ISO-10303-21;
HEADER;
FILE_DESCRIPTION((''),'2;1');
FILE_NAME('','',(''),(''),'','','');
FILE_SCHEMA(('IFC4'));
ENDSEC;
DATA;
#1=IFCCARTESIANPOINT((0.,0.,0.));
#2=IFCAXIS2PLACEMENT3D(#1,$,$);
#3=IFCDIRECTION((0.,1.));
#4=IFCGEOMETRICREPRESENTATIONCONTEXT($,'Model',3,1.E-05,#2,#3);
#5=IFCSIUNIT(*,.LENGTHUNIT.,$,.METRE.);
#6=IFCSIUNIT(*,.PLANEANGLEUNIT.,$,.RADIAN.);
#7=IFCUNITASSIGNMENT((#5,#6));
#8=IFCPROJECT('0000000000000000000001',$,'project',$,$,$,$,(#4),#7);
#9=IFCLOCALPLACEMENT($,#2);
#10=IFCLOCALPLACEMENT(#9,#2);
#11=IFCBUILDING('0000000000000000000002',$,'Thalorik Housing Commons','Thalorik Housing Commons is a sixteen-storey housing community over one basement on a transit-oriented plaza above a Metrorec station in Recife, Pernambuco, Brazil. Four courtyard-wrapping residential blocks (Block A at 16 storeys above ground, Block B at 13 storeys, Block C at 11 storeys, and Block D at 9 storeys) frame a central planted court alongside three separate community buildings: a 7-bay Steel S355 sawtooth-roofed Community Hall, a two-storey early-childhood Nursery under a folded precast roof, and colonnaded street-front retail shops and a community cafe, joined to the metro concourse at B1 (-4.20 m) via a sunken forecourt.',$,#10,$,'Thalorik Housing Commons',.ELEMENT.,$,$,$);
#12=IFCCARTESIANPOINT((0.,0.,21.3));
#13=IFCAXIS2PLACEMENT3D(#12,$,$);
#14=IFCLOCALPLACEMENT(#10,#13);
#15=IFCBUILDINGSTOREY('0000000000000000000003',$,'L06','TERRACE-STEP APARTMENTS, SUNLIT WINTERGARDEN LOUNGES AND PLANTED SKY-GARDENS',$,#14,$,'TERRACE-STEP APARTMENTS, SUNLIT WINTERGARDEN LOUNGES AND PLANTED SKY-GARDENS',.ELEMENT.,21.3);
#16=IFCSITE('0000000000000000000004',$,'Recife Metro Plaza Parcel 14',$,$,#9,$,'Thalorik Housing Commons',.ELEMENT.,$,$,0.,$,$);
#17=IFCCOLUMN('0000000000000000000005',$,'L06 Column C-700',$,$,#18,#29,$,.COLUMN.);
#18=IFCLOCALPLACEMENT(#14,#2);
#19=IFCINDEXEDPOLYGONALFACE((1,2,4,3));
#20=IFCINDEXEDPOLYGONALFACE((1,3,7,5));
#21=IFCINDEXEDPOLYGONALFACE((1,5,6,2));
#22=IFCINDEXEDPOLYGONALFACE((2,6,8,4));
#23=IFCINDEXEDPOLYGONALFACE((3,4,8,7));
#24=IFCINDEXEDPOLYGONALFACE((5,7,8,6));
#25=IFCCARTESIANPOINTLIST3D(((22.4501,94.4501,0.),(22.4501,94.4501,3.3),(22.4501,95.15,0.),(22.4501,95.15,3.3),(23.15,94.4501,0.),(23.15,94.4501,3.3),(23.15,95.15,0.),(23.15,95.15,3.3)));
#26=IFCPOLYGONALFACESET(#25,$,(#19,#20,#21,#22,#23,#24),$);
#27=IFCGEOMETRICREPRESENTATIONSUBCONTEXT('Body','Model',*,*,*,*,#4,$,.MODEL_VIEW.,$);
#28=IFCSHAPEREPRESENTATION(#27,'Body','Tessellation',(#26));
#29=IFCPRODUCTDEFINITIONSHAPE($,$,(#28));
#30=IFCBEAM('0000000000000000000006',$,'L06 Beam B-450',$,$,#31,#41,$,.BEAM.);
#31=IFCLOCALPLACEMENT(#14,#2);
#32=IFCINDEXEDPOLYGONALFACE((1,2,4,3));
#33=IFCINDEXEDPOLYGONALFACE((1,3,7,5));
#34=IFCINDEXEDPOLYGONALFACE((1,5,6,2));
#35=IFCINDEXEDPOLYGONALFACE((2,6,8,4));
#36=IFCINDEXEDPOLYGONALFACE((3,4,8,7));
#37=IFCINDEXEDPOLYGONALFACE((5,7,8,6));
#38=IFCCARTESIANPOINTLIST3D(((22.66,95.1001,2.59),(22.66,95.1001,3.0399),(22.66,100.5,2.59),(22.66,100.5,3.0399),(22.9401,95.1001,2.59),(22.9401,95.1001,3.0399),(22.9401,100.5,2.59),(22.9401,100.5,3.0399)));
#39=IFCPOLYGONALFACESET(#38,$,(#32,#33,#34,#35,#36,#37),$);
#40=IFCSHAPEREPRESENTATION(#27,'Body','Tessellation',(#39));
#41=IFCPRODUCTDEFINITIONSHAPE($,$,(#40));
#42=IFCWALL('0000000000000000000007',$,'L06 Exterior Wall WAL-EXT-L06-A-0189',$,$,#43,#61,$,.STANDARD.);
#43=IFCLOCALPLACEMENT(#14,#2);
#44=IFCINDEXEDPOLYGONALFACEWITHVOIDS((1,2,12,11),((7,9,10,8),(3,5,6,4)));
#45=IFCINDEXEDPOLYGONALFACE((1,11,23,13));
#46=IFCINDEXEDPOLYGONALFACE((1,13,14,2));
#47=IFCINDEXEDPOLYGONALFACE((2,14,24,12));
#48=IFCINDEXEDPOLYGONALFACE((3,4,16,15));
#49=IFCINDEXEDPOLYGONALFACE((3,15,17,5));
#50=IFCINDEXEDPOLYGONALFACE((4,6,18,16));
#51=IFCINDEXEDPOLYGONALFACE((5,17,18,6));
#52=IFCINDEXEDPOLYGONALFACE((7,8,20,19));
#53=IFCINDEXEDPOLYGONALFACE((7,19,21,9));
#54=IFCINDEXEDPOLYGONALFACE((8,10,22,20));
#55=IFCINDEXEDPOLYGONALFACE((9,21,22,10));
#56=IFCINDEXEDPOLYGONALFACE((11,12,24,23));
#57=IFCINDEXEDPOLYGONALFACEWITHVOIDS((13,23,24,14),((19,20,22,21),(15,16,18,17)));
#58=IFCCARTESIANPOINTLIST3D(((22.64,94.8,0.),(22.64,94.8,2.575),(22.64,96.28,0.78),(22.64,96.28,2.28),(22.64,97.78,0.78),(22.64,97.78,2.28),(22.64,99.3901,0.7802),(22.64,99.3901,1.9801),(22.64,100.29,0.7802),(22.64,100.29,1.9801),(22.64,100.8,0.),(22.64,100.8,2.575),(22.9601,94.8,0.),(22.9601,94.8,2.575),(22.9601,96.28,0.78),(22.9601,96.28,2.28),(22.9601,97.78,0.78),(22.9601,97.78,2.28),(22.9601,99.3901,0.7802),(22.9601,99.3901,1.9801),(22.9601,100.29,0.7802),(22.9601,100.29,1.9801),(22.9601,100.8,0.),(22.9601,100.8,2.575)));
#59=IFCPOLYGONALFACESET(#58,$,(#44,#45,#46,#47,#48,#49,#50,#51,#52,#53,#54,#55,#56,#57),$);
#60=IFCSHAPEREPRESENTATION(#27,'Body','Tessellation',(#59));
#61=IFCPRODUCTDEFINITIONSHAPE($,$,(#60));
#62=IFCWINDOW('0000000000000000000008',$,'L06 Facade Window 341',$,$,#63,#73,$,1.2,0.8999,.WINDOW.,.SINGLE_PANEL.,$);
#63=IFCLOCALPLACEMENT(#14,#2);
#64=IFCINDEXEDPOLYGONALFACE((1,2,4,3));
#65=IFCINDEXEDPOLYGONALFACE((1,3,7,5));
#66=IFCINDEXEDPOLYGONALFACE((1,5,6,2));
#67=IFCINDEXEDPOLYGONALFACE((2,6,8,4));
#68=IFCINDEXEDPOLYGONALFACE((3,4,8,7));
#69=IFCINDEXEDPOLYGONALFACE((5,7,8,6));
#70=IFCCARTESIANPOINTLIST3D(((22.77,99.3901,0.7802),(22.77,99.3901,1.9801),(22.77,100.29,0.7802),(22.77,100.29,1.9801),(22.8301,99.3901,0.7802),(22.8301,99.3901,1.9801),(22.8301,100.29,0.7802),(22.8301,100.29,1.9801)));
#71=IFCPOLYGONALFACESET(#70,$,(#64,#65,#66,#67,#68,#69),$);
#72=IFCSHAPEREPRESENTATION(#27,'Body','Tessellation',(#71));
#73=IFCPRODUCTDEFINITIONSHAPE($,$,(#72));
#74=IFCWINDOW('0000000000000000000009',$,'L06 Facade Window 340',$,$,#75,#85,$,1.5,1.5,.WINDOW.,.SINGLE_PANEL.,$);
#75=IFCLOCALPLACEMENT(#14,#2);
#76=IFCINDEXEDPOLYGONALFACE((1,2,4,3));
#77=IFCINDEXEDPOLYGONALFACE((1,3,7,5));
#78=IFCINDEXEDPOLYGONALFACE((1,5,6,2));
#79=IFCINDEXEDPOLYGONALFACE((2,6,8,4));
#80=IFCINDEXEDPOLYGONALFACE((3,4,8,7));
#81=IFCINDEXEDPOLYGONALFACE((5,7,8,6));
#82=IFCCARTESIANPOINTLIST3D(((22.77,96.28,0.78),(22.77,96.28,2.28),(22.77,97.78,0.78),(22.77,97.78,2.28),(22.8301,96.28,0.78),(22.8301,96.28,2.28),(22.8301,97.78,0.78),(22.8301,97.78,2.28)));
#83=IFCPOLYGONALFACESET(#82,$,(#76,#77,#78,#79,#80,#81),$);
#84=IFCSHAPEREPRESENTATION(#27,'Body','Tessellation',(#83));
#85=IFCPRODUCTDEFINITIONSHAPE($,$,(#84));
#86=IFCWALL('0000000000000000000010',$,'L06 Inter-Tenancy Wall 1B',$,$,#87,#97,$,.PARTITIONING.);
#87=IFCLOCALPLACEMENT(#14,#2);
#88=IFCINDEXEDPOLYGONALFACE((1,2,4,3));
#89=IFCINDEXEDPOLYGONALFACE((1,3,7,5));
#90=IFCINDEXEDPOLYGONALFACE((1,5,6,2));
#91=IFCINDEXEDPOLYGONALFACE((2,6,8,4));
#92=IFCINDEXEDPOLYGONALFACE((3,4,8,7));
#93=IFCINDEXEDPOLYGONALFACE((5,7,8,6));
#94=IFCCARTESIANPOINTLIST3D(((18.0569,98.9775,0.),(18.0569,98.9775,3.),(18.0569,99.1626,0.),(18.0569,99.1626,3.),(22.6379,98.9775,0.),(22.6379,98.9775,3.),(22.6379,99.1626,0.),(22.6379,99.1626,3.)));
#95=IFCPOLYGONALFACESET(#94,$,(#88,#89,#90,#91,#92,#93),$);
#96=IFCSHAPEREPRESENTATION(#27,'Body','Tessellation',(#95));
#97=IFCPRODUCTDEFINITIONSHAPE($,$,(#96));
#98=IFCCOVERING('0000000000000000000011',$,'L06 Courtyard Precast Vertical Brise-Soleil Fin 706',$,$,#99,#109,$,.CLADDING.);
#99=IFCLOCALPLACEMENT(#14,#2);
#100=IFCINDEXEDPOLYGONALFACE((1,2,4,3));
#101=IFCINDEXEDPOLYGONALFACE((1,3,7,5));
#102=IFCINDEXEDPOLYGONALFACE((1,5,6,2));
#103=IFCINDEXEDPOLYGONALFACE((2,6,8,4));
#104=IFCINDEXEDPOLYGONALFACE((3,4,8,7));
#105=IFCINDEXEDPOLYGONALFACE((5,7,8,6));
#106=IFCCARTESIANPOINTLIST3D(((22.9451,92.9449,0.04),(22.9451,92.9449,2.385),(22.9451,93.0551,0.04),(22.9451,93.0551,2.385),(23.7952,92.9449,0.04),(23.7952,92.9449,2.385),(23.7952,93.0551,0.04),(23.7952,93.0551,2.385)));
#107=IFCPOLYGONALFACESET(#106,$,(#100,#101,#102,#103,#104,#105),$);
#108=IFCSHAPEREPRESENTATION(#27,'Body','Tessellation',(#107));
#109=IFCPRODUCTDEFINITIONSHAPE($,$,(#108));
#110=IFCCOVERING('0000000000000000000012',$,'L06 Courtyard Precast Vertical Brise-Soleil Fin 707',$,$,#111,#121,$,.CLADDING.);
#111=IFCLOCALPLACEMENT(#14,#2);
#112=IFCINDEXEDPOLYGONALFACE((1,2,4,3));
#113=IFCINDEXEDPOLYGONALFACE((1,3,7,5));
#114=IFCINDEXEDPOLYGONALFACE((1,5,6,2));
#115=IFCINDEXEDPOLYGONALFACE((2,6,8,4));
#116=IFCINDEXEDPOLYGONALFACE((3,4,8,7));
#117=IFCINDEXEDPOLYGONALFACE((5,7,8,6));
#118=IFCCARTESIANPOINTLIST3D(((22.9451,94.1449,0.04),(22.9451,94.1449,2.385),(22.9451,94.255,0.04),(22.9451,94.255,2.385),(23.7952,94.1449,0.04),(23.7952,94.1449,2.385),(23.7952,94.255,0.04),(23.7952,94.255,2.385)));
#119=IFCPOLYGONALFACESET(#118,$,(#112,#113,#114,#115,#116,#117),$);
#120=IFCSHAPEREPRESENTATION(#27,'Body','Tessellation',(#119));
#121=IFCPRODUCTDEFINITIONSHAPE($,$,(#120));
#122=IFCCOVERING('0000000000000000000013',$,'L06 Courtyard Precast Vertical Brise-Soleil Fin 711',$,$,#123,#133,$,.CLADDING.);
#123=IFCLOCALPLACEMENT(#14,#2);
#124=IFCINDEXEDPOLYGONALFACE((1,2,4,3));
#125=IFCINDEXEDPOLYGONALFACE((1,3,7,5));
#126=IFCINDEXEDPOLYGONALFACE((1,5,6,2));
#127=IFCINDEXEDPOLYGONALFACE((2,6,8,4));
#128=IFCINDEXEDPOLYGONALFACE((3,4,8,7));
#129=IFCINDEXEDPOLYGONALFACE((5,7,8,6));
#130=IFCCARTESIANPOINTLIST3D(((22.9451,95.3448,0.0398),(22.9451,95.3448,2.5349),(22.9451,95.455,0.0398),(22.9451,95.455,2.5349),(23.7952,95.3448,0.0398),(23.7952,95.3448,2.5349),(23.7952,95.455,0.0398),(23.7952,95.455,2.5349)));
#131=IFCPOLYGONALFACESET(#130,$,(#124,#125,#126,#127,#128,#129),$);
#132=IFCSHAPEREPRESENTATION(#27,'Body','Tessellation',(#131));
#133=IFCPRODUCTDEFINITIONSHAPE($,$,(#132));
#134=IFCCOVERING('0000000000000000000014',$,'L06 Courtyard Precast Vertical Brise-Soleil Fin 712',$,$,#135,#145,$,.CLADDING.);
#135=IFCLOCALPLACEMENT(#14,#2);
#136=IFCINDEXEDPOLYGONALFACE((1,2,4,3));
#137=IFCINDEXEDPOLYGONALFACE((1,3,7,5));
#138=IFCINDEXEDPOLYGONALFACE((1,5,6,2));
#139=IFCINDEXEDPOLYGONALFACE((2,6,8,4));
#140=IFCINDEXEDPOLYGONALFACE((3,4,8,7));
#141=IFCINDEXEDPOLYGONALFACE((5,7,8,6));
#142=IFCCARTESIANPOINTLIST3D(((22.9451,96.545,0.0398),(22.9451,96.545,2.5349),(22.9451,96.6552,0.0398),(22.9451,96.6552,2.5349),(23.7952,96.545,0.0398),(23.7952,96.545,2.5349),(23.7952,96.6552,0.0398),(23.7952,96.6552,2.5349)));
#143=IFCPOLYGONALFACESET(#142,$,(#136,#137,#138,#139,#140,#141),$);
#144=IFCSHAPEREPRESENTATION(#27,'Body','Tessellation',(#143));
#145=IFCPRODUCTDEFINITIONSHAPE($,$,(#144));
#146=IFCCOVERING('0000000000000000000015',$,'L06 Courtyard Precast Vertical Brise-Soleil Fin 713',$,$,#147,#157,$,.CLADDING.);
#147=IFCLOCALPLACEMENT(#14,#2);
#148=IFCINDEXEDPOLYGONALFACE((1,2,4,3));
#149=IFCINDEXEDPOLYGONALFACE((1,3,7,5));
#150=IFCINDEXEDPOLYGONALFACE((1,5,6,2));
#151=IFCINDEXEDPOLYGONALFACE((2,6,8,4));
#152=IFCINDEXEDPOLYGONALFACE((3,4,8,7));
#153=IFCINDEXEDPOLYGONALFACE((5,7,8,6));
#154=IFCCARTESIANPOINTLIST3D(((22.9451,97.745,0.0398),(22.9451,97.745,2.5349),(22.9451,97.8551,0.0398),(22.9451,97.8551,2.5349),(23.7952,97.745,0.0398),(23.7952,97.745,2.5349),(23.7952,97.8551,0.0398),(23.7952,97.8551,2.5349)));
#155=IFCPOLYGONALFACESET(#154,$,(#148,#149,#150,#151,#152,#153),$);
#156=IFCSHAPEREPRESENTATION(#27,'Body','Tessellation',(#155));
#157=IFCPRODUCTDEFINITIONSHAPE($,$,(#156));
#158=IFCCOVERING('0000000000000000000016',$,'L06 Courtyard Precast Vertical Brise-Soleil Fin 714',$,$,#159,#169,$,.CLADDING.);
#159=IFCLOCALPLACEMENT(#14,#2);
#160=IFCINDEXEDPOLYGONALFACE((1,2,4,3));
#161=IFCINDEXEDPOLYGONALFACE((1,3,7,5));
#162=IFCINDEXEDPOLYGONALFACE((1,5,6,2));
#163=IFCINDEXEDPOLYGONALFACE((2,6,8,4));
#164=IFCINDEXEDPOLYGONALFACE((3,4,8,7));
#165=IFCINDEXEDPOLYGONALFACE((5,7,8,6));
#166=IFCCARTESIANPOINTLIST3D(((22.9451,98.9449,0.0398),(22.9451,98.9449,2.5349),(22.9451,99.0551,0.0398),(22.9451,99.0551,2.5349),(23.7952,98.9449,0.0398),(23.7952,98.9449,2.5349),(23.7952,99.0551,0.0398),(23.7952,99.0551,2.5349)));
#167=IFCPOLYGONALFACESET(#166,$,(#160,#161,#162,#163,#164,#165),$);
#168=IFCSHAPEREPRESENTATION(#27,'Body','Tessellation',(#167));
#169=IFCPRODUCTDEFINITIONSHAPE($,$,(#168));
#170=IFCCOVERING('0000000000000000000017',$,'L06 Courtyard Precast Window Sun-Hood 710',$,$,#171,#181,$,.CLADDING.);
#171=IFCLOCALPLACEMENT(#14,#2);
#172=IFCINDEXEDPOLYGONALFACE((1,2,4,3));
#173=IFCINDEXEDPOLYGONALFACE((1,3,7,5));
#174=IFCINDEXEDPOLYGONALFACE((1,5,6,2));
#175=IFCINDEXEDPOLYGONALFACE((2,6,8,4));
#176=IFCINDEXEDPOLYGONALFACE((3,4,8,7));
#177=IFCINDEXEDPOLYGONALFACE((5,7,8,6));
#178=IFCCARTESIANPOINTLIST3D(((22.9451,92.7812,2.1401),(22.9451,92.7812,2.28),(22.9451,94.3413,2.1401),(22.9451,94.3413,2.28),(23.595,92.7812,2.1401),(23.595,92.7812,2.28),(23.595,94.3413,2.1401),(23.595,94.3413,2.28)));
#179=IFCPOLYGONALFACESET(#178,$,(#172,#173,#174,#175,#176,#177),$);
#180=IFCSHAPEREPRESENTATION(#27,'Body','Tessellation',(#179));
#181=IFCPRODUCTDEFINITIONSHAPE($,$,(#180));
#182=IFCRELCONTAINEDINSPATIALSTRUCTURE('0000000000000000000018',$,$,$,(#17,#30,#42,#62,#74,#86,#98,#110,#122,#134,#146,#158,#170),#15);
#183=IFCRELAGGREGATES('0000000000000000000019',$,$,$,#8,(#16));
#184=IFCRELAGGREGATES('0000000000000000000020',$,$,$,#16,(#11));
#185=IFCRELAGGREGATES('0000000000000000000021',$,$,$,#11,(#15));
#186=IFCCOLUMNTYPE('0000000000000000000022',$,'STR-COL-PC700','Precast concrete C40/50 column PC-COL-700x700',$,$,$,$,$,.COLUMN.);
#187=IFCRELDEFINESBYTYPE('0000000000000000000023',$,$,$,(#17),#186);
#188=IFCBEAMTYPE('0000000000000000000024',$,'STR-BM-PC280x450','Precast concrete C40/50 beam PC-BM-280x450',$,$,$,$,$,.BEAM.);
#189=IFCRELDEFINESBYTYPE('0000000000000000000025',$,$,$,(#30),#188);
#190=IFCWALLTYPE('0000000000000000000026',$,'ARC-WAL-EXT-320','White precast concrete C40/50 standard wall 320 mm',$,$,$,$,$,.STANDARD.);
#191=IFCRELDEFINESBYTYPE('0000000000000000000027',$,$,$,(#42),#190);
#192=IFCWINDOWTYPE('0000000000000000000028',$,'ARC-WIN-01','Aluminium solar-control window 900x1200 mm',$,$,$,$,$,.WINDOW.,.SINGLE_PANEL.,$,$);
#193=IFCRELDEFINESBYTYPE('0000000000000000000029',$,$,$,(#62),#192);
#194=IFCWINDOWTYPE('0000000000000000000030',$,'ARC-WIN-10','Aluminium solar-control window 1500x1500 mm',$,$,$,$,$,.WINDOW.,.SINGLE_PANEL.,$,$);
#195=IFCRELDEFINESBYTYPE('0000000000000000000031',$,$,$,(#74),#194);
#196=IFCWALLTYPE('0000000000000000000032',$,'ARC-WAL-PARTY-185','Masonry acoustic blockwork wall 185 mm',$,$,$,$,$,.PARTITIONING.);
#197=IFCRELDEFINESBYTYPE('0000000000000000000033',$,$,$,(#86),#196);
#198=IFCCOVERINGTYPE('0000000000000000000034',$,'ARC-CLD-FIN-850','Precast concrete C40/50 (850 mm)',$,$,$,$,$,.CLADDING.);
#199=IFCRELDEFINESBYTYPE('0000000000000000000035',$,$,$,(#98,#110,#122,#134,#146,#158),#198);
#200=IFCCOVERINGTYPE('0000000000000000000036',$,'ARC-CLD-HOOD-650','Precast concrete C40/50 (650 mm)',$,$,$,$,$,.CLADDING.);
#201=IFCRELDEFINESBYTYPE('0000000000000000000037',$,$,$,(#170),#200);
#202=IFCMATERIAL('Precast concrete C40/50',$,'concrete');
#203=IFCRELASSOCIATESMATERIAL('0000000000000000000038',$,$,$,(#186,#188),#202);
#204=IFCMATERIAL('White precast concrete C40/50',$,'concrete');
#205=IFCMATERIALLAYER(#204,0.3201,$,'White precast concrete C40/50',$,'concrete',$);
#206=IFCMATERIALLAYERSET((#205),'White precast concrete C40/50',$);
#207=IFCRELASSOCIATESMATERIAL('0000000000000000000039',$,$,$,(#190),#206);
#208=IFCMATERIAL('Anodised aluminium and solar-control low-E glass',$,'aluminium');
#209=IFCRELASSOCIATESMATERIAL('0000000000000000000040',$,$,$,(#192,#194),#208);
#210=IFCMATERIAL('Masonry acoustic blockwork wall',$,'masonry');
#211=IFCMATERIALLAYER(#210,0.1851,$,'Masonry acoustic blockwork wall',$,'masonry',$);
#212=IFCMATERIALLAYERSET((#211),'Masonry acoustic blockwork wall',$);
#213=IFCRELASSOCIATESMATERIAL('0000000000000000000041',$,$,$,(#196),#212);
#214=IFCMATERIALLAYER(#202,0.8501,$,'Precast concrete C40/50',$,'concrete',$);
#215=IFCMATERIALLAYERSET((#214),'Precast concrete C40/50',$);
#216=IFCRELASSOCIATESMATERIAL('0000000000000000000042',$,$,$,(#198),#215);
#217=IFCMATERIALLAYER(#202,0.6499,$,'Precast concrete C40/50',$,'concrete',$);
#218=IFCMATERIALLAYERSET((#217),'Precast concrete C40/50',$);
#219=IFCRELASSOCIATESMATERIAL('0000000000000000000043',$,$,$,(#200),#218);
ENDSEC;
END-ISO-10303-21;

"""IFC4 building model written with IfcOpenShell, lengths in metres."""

from ifc_helpers import new_model, si_unit, direction, frame, frame_2d, origin, origin_2d, place, context, subcontext, project, spatial, rectangle, extrude, material, layer, layer_set, material_profile, profile_set, type_object, element, fill, save


model = new_model("IFC4")

# Units and contexts
model_context = context("Model", 3, precision=1e-05, world=origin(), true_north=direction((0.0, 1.0)))
body_context = subcontext(model_context, "Body", "Model", "MODEL_VIEW")
ifc_project = project(units=[si_unit("LENGTHUNIT", "METRE"), si_unit("PLANEANGLEUNIT", "RADIAN")], contexts=[model_context])

# Site, building, storey
site_placement = place(None, origin())
site = spatial("IfcSite", under=ifc_project, at=site_placement, Name="Recife Metro Plaza Parcel 14", LongName="Thalorik Housing Commons", CompositionType="ELEMENT", RefElevation=0.0)
building_placement = place(site_placement, origin())
building = spatial("IfcBuilding", under=site, at=building_placement, Name="Thalorik Housing Commons", Description="Thalorik Housing Commons is a sixteen-storey housing community over one basement on a transit-oriented plaza above a Metrorec station in Recife, Pernambuco, Brazil. Four courtyard-wrapping residential blocks (Block A at 16 storeys above ground, Block B at 13 storeys, Block C at 11 storeys, and Block D at 9 storeys) frame a central planted court alongside three separate community buildings: a 7-bay Steel S355 sawtooth-roofed Community Hall, a two-storey early-childhood Nursery under a folded precast roof, and colonnaded street-front retail shops and a community cafe, joined to the metro concourse at B1 (-4.20 m) via a sunken forecourt.", LongName="Thalorik Housing Commons", CompositionType="ELEMENT")
storey_placement = place(building_placement, frame((0.0, 0.0, 21.3)))
storey = spatial("IfcBuildingStorey", under=building, at=storey_placement, Name="L06", Description="TERRACE-STEP APARTMENTS, SUNLIT WINTERGARDEN LOUNGES AND PLANTED SKY-GARDENS", LongName="TERRACE-STEP APARTMENTS, SUNLIT WINTERGARDEN LOUNGES AND PLANTED SKY-GARDENS", CompositionType="ELEMENT", Elevation=21.3)

# Column
ifc_material_1 = material(Name="Precast concrete C40/50", Category="concrete")
ifc_material_profile_1 = material_profile(ifc_material_1, rectangle(XDim=0.7, YDim=0.7, at=origin_2d()), Name="PC 700x700", Category="concrete")
ifc_profile_set_1 = profile_set([ifc_material_profile_1], Name="Precast concrete C40/50")
column_type = type_object("IfcColumnType", Name="STR-COL-PC700", Description="Precast concrete C40/50 column PC-COL-700x700", PredefinedType="COLUMN", material=ifc_profile_set_1)
column_placement = place(storey_placement, frame((22.8, 94.8, 0.0), z_axis=(0.0, 0.0, 1.0), x_axis=(1.0, 0.0, 0.0)))
element("IfcColumn", 1, at=column_placement, inside=storey, type_object=column_type, Name="L06 Column C-700", PredefinedType="COLUMN", context=body_context, shape_type="SweptSolid", body=[
    extrude(rectangle(XDim=0.7, YDim=0.7, at=origin_2d()), origin(), (0.0, 0.0, 1.0), 3.3),
])

# Beam
ifc_material_profile_2 = material_profile(ifc_material_1, rectangle(XDim=0.28, YDim=0.45, at=origin_2d()), Name="PC 280x450", Category="concrete")
ifc_profile_set_2 = profile_set([ifc_material_profile_2], Name="Precast concrete C40/50")
beam_type = type_object("IfcBeamType", Name="STR-BM-PC280x450", Description="Precast concrete C40/50 beam PC-BM-280x450", PredefinedType="BEAM", material=ifc_profile_set_2)
beam_placement = place(storey_placement, frame((22.8, 95.1001, 2.8149), z_axis=(0.0, 1.0, 0.0), x_axis=(-1.0, 0.0, 0.0)))
element("IfcBeam", 2, at=beam_placement, inside=storey, type_object=beam_type, Name="L06 Beam B-450", PredefinedType="BEAM", context=body_context, shape_type="SweptSolid", body=[
    extrude(rectangle(XDim=0.28, YDim=0.45, at=origin_2d()), origin(), (0.0, 0.0, 1.0), 5.3999),
])

# Wall, openings, windows
ifc_material_2 = material(Name="White precast concrete C40/50", Category="concrete")
ifc_layer_1 = layer(ifc_material_2, 0.3201, Name="White precast concrete C40/50", Category="concrete")
ifc_layer_set_1 = layer_set([ifc_layer_1], Name="White precast concrete C40/50")
wall_type_1 = type_object("IfcWallType", Name="ARC-WAL-EXT-320", Description="White precast concrete C40/50 standard wall 320 mm", PredefinedType="STANDARD", material=ifc_layer_set_1)
wall_1_placement = place(storey_placement, frame((22.8, 94.8, 0.0), z_axis=(0.0, 0.0, 1.0), x_axis=(0.0, 1.0, 0.0)))
wall_1 = element("IfcWall", 3, at=wall_1_placement, inside=storey, type_object=wall_type_1, Name="L06 Exterior Wall WAL-EXT-L06-A-0189", PredefinedType="STANDARD", context=body_context, shape_type="SweptSolid", body=[
    extrude(rectangle(XDim=6.0, YDim=0.3201, at=frame_2d((3.0, 0.0))), origin(), (0.0, 0.0, 1.0), 2.575),
])
opening_1_placement = place(wall_1_placement, frame((1.48, 0.0, 0.78)))
opening_1 = element("IfcOpeningElement", 4, at=opening_1_placement, cuts=wall_1, PredefinedType="OPENING", context=body_context, shape_type="SweptSolid", body=[
    extrude(rectangle(XDim=1.5, YDim=1.5, at=frame_2d((0.75, 0.75))), frame((0.0, 0.1699, 0.0), z_axis=(0.0, -1.0, 0.0), x_axis=(1.0, 0.0, 0.0)), (0.0, 0.0, 1.0), 0.3401),
])
opening_2_placement = place(wall_1_placement, frame((4.5901, 0.0, 0.78)))
opening_2 = element("IfcOpeningElement", 5, at=opening_2_placement, cuts=wall_1, PredefinedType="OPENING", context=body_context, shape_type="SweptSolid", body=[
    extrude(rectangle(XDim=0.8999, YDim=1.2, at=frame_2d((0.45, 0.6001))), frame((0.0, 0.1699, 0.0), z_axis=(0.0, -1.0, 0.0), x_axis=(1.0, 0.0, 0.0)), (0.0, 0.0, 1.0), 0.3401),
])
ifc_material_3 = material(Name="Anodised aluminium and solar-control low-E glass", Category="aluminium")
window_type_1 = type_object("IfcWindowType", Name="ARC-WIN-01", Description="Aluminium solar-control window 900x1200 mm", PartitioningType="SINGLE_PANEL", PredefinedType="WINDOW", material=ifc_material_3)
window_1_placement = place(opening_2_placement, origin())
window_1 = element("IfcWindow", 6, at=window_1_placement, inside=storey, type_object=window_type_1, Name="L06 Facade Window 341", OverallHeight=1.2, OverallWidth=0.8999, PartitioningType="SINGLE_PANEL", PredefinedType="WINDOW", context=body_context, shape_type="SweptSolid", body=[
    extrude(rectangle(XDim=0.8999, YDim=1.2, at=frame_2d((0.45, 0.6001))), frame((0.0, 0.03, 0.0), z_axis=(0.0, -1.0, 0.0), x_axis=(1.0, 0.0, 0.0)), (0.0, 0.0, 1.0), 0.0601),
])
fill(opening_2, window_1)
window_type_2 = type_object("IfcWindowType", Name="ARC-WIN-10", Description="Aluminium solar-control window 1500x1500 mm", PartitioningType="SINGLE_PANEL", PredefinedType="WINDOW", material=ifc_material_3)
window_2_placement = place(opening_1_placement, origin())
window_2 = element("IfcWindow", 7, at=window_2_placement, inside=storey, type_object=window_type_2, Name="L06 Facade Window 340", OverallHeight=1.5, OverallWidth=1.5, PartitioningType="SINGLE_PANEL", PredefinedType="WINDOW", context=body_context, shape_type="SweptSolid", body=[
    extrude(rectangle(XDim=1.5, YDim=1.5, at=frame_2d((0.75, 0.75))), frame((0.0, 0.03, 0.0), z_axis=(0.0, -1.0, 0.0), x_axis=(1.0, 0.0, 0.0)), (0.0, 0.0, 1.0), 0.0601),
])
fill(opening_1, window_2)

# Wall
ifc_material_4 = material(Name="Masonry acoustic blockwork wall", Category="masonry")
ifc_layer_2 = layer(ifc_material_4, 0.1851, Name="Masonry acoustic blockwork wall", Category="masonry")
ifc_layer_set_2 = layer_set([ifc_layer_2], Name="Masonry acoustic blockwork wall")
wall_type_2 = type_object("IfcWallType", Name="ARC-WAL-PARTY-185", Description="Masonry acoustic blockwork wall 185 mm", PredefinedType="PARTITIONING", material=ifc_layer_set_2)
wall_2_placement = place(storey_placement, frame((18.0569, 99.0701, 0.0), z_axis=(0.0, 0.0, 1.0), x_axis=(1.0, 0.0, 0.0)))
element("IfcWall", 8, at=wall_2_placement, inside=storey, type_object=wall_type_2, Name="L06 Inter-Tenancy Wall 1B", PredefinedType="PARTITIONING", context=body_context, shape_type="SweptSolid", body=[
    extrude(rectangle(XDim=4.5811, YDim=0.1851, at=frame_2d((2.2905, 0.0))), origin(), (0.0, 0.0, 1.0), 3.0),
])

# Coverings
ifc_layer_3 = layer(ifc_material_1, 0.8501, Name="Precast concrete C40/50", Category="concrete")
ifc_layer_set_3 = layer_set([ifc_layer_3], Name="Precast concrete C40/50")
covering_type_1 = type_object("IfcCoveringType", Name="ARC-CLD-FIN-850", Description="Precast concrete C40/50 (850 mm)", PredefinedType="CLADDING", material=ifc_layer_set_3)
for number, where, z_axis, x_axis, name in (
    (9, (23.3701, 93.0, 0.04), (0.0, 0.0, 1.0), (0.0, 1.0, 0.0), "L06 Courtyard Precast Vertical Brise-Soleil Fin 706"),
    (10, (23.3701, 94.2, 0.04), (0.0, 0.0, 1.0), (0.0, 1.0, 0.0), "L06 Courtyard Precast Vertical Brise-Soleil Fin 707"),
):
    element("IfcCovering", number, at=place(storey_placement, frame(where, z_axis=z_axis, x_axis=x_axis)), inside=storey, type_object=covering_type_1, Name=name, PredefinedType="CLADDING", context=body_context, shape_type="SweptSolid", body=[
        extrude(rectangle(XDim=0.1101, YDim=0.8501, at=origin_2d()), origin(), (0.0, 0.0, 1.0), 2.345),
    ])
for number, where, z_axis, x_axis, name in (
    (11, (23.3701, 95.3999, 0.0398), (0.0, 0.0, 1.0), (0.0, 1.0, 0.0), "L06 Courtyard Precast Vertical Brise-Soleil Fin 711"),
    (12, (23.3701, 96.6001, 0.0398), (0.0, 0.0, 1.0), (0.0, 1.0, 0.0), "L06 Courtyard Precast Vertical Brise-Soleil Fin 712"),
    (13, (23.3701, 97.8, 0.0398), (0.0, 0.0, 1.0), (0.0, 1.0, 0.0), "L06 Courtyard Precast Vertical Brise-Soleil Fin 713"),
    (14, (23.3701, 99.0, 0.0398), (0.0, 0.0, 1.0), (0.0, 1.0, 0.0), "L06 Courtyard Precast Vertical Brise-Soleil Fin 714"),
):
    element("IfcCovering", number, at=place(storey_placement, frame(where, z_axis=z_axis, x_axis=x_axis)), inside=storey, type_object=covering_type_1, Name=name, PredefinedType="CLADDING", context=body_context, shape_type="SweptSolid", body=[
        extrude(rectangle(XDim=0.1101, YDim=0.8501, at=origin_2d()), origin(), (0.0, 0.0, 1.0), 2.4951),
    ])
ifc_layer_4 = layer(ifc_material_1, 0.6499, Name="Precast concrete C40/50", Category="concrete")
ifc_layer_set_4 = layer_set([ifc_layer_4], Name="Precast concrete C40/50")
covering_type_2 = type_object("IfcCoveringType", Name="ARC-CLD-HOOD-650", Description="Precast concrete C40/50 (650 mm)", PredefinedType="CLADDING", material=ifc_layer_set_4)
covering_1_placement = place(storey_placement, frame((23.27, 93.5613, 2.1401), z_axis=(0.0, 0.0, 1.0), x_axis=(0.0, 1.0, 0.0)))
element("IfcCovering", 15, at=covering_1_placement, inside=storey, type_object=covering_type_2, Name="L06 Courtyard Precast Window Sun-Hood 710", PredefinedType="CLADDING", context=body_context, shape_type="SweptSolid", body=[
    extrude(rectangle(XDim=1.5601, YDim=0.6499, at=origin_2d()), origin(), (0.0, 0.0, 1.0), 0.1399),
])

save(model, "model.ifc")
